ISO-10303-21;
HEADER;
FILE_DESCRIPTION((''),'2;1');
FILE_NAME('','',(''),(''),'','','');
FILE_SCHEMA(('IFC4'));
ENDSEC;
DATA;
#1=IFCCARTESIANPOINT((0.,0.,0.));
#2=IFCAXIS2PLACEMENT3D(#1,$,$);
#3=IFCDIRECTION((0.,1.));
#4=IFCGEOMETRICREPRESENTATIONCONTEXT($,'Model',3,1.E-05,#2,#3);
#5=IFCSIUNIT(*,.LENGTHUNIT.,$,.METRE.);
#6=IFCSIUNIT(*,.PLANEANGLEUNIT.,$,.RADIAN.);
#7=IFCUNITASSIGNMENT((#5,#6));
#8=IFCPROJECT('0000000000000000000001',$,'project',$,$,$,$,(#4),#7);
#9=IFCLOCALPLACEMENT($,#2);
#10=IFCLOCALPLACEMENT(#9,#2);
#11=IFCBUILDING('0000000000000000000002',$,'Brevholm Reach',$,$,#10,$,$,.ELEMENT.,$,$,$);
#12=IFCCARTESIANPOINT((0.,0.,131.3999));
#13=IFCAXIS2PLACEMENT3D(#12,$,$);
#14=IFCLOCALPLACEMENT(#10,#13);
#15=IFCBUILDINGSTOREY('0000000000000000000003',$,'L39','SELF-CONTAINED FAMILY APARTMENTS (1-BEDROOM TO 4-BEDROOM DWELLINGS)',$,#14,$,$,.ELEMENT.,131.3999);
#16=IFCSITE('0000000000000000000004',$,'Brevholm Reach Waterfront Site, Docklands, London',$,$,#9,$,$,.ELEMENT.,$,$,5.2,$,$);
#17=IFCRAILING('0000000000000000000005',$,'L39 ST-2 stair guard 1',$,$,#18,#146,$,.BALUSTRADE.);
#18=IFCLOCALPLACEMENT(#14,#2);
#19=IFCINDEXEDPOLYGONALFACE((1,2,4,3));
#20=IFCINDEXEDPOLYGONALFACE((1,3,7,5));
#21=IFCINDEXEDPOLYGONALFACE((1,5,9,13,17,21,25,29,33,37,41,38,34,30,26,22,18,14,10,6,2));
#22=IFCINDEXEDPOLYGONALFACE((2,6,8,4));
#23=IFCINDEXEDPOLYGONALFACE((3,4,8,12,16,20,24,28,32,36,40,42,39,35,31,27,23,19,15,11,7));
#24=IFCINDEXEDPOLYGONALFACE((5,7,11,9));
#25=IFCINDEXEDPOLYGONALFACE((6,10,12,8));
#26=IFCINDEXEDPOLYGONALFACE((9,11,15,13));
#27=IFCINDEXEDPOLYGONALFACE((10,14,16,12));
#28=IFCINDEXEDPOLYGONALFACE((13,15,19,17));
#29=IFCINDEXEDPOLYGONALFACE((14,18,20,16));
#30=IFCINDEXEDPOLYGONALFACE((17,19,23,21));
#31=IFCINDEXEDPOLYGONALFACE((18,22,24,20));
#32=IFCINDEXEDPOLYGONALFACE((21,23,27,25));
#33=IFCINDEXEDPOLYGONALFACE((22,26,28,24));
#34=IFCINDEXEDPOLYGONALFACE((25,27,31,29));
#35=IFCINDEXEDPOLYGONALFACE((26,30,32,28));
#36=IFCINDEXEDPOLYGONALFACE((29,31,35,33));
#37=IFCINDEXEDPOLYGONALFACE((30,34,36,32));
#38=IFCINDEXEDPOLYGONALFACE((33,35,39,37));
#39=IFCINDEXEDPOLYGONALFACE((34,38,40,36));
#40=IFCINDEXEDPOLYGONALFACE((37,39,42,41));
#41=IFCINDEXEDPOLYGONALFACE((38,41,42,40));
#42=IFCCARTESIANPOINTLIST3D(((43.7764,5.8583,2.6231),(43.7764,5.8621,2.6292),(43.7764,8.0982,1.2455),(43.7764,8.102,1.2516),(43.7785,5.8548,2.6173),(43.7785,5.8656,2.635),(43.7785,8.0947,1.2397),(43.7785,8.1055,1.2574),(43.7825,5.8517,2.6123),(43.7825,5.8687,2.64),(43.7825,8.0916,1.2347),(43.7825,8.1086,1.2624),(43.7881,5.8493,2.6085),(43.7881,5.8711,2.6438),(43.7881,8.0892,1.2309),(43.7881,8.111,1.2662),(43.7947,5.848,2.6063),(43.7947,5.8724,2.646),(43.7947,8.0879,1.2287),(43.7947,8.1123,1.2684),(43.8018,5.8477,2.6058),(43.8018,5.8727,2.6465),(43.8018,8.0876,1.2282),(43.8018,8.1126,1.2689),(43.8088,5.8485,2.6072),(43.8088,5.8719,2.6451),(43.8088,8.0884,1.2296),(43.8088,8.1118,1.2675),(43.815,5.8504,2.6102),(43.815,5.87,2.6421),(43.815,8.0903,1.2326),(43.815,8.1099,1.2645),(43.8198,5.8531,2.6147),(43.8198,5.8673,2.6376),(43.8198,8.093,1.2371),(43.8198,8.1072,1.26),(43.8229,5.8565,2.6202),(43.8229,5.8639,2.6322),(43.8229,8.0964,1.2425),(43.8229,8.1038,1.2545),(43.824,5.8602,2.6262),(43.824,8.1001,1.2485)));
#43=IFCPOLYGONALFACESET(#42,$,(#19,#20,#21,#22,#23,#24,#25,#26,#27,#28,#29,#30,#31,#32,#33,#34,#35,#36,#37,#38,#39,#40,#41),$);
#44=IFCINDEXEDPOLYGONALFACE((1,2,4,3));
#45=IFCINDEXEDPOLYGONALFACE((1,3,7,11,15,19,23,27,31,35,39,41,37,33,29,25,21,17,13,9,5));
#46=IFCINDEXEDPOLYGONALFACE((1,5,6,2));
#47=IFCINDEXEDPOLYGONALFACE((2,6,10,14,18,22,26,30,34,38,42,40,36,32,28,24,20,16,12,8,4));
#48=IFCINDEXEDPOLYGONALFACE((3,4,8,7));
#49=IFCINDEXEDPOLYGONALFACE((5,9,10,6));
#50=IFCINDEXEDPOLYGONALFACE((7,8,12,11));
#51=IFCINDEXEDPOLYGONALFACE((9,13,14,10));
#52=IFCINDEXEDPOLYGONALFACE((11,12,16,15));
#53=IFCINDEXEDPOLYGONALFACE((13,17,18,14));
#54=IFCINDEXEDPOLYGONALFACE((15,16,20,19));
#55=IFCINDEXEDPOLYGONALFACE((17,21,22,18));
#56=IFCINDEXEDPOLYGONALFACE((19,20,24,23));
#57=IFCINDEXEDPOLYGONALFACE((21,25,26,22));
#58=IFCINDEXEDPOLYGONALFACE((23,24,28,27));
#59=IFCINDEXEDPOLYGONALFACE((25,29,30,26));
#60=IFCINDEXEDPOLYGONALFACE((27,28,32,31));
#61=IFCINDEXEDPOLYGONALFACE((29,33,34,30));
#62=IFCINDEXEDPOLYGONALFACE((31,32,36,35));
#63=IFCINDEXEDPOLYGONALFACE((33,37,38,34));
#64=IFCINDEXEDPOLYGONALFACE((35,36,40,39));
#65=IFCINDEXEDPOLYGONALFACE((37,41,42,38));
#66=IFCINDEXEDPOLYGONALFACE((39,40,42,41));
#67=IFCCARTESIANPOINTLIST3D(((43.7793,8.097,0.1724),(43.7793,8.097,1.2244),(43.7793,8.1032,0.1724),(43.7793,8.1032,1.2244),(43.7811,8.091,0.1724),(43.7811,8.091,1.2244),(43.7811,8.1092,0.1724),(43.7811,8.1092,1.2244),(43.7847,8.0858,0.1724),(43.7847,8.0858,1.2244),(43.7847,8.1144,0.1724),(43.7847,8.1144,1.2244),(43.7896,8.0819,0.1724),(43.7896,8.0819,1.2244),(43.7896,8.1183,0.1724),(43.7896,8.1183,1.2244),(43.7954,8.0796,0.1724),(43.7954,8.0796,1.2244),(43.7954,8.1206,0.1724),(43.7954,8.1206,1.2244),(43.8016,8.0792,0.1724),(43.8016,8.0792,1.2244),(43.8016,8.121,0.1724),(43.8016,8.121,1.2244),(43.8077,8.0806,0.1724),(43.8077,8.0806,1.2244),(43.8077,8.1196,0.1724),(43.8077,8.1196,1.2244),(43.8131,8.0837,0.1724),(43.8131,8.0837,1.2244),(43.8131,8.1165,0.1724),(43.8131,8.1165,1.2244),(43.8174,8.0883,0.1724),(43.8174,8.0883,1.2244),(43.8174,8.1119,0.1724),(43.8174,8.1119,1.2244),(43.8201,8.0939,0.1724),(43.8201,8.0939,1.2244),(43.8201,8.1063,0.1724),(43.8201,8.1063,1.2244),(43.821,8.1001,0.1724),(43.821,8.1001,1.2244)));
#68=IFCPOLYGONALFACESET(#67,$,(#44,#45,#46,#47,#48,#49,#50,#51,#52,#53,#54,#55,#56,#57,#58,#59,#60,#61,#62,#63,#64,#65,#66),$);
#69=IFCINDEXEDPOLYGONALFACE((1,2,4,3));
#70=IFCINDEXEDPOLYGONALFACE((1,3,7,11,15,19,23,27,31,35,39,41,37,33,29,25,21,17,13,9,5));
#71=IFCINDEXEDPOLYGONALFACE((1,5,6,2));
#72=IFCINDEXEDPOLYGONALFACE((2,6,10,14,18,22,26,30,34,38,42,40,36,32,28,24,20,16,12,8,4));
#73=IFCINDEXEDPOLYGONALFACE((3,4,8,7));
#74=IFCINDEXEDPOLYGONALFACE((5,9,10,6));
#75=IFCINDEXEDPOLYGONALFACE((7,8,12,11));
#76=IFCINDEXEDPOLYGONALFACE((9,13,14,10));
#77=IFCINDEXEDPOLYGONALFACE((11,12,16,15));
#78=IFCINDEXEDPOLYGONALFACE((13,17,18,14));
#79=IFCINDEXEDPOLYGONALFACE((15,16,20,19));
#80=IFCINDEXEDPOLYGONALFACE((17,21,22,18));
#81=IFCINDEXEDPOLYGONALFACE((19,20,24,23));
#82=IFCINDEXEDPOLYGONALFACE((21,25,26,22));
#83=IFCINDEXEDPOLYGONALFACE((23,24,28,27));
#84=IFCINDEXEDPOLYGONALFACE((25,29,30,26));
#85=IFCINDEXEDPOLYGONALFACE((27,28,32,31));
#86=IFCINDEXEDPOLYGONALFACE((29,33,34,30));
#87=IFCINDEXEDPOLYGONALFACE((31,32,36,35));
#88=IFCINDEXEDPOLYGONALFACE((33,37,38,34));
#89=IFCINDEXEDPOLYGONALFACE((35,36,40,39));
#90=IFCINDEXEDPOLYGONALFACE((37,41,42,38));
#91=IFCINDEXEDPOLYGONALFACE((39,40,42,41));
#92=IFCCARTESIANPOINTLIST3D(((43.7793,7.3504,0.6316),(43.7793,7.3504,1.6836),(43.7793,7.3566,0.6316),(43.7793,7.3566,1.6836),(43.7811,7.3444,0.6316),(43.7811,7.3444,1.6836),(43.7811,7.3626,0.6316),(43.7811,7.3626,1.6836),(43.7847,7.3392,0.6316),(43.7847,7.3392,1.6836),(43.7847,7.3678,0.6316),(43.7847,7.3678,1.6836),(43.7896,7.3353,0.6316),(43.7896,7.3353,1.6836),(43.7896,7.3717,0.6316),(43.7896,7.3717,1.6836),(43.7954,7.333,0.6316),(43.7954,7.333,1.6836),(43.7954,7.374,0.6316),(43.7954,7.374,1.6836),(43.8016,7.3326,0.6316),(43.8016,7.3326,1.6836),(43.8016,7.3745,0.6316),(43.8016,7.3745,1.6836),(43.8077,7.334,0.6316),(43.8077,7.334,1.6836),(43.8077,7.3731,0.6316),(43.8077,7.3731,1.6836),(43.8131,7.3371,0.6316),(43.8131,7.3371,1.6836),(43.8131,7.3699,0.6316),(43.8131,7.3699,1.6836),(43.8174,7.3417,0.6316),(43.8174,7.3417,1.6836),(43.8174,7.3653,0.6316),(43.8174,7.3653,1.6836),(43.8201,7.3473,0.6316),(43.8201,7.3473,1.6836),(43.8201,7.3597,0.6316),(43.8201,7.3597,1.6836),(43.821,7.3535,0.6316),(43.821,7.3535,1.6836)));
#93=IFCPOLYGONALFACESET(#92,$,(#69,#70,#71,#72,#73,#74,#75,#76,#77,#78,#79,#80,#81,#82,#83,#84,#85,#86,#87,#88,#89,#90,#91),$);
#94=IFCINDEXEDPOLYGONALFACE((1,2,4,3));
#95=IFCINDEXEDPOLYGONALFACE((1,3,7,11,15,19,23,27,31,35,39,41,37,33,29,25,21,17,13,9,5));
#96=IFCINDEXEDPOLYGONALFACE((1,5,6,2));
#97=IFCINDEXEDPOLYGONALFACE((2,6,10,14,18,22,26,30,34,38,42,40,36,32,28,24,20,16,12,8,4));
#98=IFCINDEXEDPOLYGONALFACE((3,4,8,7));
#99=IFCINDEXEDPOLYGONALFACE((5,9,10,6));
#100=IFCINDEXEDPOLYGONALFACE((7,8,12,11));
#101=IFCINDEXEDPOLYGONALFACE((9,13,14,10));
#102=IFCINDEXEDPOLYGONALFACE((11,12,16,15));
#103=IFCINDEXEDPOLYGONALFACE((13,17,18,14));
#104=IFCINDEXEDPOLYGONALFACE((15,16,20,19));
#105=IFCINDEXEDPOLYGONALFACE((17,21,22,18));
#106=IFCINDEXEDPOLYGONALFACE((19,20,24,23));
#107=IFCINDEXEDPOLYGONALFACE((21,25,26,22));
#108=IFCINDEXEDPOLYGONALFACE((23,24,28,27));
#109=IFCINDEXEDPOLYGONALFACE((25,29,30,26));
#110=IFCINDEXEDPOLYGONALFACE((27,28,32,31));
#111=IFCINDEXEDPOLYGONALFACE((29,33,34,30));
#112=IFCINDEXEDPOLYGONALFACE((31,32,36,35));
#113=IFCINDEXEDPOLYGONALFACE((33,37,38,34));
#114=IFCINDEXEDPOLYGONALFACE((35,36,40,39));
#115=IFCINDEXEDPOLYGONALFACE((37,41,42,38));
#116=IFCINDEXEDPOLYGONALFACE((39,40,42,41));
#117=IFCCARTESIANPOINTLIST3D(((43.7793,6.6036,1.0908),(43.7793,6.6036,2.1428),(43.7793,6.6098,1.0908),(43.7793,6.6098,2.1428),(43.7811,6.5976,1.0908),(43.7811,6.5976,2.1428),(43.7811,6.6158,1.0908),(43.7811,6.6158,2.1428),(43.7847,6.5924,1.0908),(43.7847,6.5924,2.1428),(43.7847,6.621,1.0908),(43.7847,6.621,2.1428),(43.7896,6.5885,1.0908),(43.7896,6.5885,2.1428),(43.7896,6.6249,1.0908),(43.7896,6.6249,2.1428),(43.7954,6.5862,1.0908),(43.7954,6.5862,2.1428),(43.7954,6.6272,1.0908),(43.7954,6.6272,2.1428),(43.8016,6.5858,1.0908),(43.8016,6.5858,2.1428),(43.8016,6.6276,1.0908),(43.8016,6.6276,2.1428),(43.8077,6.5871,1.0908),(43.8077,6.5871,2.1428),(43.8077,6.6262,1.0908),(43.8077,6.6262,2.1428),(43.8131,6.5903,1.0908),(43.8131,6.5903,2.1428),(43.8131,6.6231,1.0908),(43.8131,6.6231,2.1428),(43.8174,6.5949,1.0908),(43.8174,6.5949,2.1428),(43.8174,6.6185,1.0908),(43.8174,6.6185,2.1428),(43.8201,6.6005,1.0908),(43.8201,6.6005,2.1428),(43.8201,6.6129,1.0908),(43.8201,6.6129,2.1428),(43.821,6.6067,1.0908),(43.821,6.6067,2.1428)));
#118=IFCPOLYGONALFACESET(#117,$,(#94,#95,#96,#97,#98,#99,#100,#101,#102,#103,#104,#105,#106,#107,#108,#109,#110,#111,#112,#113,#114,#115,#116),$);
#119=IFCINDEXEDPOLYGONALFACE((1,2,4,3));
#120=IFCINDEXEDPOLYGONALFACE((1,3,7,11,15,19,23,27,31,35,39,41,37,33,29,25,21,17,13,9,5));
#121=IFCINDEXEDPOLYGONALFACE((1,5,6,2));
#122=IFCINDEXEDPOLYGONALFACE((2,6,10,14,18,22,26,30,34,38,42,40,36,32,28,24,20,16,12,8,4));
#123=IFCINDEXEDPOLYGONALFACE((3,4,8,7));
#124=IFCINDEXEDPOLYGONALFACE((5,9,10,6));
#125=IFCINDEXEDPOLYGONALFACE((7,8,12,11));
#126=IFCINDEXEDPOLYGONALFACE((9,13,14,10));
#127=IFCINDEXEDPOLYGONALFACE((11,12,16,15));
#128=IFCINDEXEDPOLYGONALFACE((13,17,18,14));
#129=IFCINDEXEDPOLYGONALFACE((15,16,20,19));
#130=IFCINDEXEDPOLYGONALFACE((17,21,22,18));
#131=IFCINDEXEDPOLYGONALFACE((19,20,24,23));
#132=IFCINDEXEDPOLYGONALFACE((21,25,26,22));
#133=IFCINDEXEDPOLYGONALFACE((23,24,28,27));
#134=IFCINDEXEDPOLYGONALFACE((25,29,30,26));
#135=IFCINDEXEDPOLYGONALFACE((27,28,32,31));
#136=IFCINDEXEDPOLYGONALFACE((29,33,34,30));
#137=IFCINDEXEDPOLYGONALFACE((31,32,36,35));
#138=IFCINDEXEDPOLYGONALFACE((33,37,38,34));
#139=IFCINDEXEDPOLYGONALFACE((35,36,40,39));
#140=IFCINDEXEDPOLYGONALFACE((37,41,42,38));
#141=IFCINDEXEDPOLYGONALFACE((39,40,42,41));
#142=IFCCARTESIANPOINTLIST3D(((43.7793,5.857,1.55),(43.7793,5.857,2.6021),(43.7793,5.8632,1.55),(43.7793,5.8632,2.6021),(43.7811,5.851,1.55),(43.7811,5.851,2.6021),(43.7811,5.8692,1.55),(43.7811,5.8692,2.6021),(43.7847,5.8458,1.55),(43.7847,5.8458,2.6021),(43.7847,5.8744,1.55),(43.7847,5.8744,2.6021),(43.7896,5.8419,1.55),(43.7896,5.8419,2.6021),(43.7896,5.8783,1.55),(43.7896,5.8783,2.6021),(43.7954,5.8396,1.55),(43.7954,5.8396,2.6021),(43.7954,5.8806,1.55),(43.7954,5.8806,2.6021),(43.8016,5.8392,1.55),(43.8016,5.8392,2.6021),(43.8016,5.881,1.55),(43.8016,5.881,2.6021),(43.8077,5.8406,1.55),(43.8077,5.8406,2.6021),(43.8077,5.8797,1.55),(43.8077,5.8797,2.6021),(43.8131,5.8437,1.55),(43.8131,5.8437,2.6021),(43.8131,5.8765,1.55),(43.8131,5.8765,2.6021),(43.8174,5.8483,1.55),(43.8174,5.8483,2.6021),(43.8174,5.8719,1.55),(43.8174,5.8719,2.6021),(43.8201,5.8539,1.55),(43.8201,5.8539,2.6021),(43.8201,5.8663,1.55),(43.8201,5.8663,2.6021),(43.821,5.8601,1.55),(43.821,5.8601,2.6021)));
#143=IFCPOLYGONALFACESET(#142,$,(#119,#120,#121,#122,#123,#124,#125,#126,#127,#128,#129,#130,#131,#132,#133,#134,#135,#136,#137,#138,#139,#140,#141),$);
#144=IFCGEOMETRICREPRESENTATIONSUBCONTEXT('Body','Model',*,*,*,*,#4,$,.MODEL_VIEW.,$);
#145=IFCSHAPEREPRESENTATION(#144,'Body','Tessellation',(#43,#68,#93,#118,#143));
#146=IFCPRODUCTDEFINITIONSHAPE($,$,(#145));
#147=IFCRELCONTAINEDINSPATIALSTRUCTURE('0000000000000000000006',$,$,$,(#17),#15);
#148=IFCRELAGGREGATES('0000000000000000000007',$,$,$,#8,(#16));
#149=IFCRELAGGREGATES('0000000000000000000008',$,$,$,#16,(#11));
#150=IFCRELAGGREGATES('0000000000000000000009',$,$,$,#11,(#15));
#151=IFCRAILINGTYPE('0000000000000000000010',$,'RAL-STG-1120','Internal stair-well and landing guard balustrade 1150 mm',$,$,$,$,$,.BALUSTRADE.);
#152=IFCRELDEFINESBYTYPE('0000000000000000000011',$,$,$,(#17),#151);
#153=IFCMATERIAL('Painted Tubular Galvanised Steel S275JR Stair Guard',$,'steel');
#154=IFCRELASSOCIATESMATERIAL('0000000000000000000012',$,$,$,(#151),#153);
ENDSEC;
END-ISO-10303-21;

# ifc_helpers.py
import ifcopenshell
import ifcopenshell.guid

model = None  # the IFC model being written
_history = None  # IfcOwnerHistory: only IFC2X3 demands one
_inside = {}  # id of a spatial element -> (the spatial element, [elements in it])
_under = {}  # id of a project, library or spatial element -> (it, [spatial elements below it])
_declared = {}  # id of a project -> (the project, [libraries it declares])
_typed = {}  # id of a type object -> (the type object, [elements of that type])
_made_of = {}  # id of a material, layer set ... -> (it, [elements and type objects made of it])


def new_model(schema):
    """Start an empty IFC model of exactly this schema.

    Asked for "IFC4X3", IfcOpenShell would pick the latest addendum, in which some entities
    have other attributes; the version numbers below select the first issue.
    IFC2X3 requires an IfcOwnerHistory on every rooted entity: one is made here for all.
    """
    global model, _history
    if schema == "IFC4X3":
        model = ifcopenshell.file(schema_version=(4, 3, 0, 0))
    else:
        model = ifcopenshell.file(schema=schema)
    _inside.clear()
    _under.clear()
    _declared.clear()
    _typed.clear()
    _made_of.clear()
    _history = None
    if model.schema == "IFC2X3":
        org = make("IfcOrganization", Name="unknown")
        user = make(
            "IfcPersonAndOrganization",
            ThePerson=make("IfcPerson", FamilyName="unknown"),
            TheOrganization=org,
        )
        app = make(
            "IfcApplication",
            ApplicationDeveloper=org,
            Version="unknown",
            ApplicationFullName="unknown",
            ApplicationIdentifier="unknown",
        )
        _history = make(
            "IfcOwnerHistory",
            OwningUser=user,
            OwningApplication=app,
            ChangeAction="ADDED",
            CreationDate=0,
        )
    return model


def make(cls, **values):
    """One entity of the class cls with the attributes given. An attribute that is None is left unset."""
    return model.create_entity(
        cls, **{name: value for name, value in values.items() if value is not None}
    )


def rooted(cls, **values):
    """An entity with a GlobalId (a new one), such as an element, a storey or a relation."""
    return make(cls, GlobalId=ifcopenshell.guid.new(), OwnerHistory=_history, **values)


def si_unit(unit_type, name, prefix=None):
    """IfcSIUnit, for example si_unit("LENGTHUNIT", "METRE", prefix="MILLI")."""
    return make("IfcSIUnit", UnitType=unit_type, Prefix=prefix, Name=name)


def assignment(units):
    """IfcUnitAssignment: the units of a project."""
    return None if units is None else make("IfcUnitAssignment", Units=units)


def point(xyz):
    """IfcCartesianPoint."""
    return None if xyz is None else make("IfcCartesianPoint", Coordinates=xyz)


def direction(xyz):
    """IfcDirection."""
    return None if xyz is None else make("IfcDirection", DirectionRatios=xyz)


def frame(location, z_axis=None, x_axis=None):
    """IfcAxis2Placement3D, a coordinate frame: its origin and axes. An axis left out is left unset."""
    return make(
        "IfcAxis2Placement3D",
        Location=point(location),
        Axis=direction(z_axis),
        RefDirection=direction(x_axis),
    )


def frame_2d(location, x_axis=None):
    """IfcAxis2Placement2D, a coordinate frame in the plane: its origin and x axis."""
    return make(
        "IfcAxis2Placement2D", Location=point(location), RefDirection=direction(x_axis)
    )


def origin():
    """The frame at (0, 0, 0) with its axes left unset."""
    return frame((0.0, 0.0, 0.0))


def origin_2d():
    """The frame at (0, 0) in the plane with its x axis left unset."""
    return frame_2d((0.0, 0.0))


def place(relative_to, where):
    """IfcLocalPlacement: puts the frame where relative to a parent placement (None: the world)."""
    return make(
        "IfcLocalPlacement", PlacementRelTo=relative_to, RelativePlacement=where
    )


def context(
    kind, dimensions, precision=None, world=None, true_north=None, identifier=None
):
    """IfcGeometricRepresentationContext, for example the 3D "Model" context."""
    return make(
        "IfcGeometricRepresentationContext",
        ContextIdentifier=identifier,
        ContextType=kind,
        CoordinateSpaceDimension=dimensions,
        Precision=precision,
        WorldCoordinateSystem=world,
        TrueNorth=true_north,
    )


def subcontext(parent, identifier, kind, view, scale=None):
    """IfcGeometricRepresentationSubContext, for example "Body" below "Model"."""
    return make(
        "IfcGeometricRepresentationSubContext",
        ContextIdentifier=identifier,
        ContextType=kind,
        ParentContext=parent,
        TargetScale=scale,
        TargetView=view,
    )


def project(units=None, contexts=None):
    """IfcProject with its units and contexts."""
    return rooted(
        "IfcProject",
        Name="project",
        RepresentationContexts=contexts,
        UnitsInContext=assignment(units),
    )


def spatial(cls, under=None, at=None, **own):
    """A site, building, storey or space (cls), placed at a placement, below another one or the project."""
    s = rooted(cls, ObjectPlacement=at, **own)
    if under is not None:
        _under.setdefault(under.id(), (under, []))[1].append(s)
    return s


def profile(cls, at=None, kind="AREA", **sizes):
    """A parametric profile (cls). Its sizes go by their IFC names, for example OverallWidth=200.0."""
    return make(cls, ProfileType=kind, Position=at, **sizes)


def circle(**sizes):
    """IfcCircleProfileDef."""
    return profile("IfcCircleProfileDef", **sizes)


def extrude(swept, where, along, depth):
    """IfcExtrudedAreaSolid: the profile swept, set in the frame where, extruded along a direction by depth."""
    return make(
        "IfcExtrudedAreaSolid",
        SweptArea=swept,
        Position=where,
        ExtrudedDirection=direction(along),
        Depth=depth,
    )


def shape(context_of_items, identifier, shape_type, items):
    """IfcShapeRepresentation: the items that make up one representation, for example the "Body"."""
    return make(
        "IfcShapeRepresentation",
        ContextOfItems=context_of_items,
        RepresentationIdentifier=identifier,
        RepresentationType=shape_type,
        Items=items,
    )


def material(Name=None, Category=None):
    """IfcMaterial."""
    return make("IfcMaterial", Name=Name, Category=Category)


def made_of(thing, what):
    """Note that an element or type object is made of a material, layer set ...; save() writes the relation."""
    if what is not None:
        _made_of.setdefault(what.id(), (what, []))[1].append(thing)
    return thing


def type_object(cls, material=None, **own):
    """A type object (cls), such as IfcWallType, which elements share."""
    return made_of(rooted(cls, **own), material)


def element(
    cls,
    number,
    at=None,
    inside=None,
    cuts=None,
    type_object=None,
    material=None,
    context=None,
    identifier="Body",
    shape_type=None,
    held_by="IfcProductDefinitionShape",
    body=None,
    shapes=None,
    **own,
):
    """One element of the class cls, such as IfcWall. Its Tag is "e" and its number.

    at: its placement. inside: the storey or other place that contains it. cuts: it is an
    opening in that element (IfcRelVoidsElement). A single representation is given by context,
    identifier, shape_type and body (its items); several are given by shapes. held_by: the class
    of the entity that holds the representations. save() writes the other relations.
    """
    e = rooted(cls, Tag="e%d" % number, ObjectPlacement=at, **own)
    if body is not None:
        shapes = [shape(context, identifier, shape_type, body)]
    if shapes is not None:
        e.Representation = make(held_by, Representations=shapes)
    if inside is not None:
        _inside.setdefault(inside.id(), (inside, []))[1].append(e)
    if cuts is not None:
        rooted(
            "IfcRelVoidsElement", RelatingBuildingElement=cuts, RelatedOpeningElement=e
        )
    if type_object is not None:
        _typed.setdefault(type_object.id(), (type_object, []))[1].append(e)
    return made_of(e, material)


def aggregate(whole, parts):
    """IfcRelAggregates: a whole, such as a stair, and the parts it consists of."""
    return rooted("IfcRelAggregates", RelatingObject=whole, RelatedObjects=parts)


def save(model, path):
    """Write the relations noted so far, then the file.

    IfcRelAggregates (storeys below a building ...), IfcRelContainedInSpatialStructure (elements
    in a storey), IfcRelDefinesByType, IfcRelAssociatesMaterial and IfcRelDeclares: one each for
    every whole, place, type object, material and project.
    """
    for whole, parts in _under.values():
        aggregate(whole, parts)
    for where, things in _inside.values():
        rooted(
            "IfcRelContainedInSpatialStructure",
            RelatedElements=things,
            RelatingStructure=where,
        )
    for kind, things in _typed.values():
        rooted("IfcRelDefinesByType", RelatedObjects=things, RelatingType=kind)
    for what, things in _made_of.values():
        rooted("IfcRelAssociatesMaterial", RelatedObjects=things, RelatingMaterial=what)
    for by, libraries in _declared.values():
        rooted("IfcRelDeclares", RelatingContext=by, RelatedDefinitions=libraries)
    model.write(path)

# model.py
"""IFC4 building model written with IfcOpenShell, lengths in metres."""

from ifc_helpers import new_model, si_unit, direction, frame, origin, origin_2d, place, context, subcontext, project, spatial, circle, extrude, material, type_object, element, save


model = new_model("IFC4")

# Units and contexts
model_context = context("Model", 3, precision=1e-05, world=origin(), true_north=direction((0.0, 1.0)))
body_context = subcontext(model_context, "Body", "Model", "MODEL_VIEW")
ifc_project = project(units=[si_unit("LENGTHUNIT", "METRE"), si_unit("PLANEANGLEUNIT", "RADIAN")], contexts=[model_context])

# Site, building, storey
site_placement = place(None, origin())
site = spatial("IfcSite", under=ifc_project, at=site_placement, Name="Brevholm Reach Waterfront Site, Docklands, London", CompositionType="ELEMENT", RefElevation=5.2)
building_placement = place(site_placement, origin())
building = spatial("IfcBuilding", under=site, at=building_placement, Name="Brevholm Reach", CompositionType="ELEMENT")
storey_placement = place(building_placement, frame((0.0, 0.0, 131.3999)))
storey = spatial("IfcBuildingStorey", under=building, at=storey_placement, Name="L39", Description="SELF-CONTAINED FAMILY APARTMENTS (1-BEDROOM TO 4-BEDROOM DWELLINGS)", CompositionType="ELEMENT", Elevation=131.3999)

# Railing
ifc_material_1 = material(Name="Painted Tubular Galvanised Steel S275JR Stair Guard", Category="steel")
railing_type_1 = type_object("IfcRailingType", Name="RAL-STG-1120", Description="Internal stair-well and landing guard balustrade 1150 mm", PredefinedType="BALUSTRADE", material=ifc_material_1)
railing_1_placement = place(storey_placement, frame((43.8, 8.1001, 0.1724)))
element("IfcRailing", 1, at=railing_1_placement, inside=storey, type_object=railing_type_1, Name="L39 ST-2 stair guard 1", PredefinedType="BALUSTRADE", context=body_context, shape_type="SweptSolid", body=[
    extrude(circle(Radius=0.0239, at=origin_2d()), frame((0.0, 0.0, 1.0762), z_axis=(0.0, -0.851789, 0.523885), x_axis=(1.0, 0.0, 0.0)), (0.0, 0.0, 1.0), 2.6296),
    extrude(circle(Radius=0.021, at=origin_2d()), origin(), (0.0, 0.0, 1.0), 1.052),
    extrude(circle(Radius=0.021, at=origin_2d()), frame((0.0, -0.7466, 0.4592)), (0.0, 0.0, 1.0), 1.052),
    extrude(circle(Radius=0.021, at=origin_2d()), frame((0.0, -1.4934, 0.9185)), (0.0, 0.0, 1.0), 1.052),
    extrude(circle(Radius=0.021, at=origin_2d()), frame((0.0, -2.24, 1.3777)), (0.0, 0.0, 1.0), 1.052),
])

save(model, "model.ifc")
